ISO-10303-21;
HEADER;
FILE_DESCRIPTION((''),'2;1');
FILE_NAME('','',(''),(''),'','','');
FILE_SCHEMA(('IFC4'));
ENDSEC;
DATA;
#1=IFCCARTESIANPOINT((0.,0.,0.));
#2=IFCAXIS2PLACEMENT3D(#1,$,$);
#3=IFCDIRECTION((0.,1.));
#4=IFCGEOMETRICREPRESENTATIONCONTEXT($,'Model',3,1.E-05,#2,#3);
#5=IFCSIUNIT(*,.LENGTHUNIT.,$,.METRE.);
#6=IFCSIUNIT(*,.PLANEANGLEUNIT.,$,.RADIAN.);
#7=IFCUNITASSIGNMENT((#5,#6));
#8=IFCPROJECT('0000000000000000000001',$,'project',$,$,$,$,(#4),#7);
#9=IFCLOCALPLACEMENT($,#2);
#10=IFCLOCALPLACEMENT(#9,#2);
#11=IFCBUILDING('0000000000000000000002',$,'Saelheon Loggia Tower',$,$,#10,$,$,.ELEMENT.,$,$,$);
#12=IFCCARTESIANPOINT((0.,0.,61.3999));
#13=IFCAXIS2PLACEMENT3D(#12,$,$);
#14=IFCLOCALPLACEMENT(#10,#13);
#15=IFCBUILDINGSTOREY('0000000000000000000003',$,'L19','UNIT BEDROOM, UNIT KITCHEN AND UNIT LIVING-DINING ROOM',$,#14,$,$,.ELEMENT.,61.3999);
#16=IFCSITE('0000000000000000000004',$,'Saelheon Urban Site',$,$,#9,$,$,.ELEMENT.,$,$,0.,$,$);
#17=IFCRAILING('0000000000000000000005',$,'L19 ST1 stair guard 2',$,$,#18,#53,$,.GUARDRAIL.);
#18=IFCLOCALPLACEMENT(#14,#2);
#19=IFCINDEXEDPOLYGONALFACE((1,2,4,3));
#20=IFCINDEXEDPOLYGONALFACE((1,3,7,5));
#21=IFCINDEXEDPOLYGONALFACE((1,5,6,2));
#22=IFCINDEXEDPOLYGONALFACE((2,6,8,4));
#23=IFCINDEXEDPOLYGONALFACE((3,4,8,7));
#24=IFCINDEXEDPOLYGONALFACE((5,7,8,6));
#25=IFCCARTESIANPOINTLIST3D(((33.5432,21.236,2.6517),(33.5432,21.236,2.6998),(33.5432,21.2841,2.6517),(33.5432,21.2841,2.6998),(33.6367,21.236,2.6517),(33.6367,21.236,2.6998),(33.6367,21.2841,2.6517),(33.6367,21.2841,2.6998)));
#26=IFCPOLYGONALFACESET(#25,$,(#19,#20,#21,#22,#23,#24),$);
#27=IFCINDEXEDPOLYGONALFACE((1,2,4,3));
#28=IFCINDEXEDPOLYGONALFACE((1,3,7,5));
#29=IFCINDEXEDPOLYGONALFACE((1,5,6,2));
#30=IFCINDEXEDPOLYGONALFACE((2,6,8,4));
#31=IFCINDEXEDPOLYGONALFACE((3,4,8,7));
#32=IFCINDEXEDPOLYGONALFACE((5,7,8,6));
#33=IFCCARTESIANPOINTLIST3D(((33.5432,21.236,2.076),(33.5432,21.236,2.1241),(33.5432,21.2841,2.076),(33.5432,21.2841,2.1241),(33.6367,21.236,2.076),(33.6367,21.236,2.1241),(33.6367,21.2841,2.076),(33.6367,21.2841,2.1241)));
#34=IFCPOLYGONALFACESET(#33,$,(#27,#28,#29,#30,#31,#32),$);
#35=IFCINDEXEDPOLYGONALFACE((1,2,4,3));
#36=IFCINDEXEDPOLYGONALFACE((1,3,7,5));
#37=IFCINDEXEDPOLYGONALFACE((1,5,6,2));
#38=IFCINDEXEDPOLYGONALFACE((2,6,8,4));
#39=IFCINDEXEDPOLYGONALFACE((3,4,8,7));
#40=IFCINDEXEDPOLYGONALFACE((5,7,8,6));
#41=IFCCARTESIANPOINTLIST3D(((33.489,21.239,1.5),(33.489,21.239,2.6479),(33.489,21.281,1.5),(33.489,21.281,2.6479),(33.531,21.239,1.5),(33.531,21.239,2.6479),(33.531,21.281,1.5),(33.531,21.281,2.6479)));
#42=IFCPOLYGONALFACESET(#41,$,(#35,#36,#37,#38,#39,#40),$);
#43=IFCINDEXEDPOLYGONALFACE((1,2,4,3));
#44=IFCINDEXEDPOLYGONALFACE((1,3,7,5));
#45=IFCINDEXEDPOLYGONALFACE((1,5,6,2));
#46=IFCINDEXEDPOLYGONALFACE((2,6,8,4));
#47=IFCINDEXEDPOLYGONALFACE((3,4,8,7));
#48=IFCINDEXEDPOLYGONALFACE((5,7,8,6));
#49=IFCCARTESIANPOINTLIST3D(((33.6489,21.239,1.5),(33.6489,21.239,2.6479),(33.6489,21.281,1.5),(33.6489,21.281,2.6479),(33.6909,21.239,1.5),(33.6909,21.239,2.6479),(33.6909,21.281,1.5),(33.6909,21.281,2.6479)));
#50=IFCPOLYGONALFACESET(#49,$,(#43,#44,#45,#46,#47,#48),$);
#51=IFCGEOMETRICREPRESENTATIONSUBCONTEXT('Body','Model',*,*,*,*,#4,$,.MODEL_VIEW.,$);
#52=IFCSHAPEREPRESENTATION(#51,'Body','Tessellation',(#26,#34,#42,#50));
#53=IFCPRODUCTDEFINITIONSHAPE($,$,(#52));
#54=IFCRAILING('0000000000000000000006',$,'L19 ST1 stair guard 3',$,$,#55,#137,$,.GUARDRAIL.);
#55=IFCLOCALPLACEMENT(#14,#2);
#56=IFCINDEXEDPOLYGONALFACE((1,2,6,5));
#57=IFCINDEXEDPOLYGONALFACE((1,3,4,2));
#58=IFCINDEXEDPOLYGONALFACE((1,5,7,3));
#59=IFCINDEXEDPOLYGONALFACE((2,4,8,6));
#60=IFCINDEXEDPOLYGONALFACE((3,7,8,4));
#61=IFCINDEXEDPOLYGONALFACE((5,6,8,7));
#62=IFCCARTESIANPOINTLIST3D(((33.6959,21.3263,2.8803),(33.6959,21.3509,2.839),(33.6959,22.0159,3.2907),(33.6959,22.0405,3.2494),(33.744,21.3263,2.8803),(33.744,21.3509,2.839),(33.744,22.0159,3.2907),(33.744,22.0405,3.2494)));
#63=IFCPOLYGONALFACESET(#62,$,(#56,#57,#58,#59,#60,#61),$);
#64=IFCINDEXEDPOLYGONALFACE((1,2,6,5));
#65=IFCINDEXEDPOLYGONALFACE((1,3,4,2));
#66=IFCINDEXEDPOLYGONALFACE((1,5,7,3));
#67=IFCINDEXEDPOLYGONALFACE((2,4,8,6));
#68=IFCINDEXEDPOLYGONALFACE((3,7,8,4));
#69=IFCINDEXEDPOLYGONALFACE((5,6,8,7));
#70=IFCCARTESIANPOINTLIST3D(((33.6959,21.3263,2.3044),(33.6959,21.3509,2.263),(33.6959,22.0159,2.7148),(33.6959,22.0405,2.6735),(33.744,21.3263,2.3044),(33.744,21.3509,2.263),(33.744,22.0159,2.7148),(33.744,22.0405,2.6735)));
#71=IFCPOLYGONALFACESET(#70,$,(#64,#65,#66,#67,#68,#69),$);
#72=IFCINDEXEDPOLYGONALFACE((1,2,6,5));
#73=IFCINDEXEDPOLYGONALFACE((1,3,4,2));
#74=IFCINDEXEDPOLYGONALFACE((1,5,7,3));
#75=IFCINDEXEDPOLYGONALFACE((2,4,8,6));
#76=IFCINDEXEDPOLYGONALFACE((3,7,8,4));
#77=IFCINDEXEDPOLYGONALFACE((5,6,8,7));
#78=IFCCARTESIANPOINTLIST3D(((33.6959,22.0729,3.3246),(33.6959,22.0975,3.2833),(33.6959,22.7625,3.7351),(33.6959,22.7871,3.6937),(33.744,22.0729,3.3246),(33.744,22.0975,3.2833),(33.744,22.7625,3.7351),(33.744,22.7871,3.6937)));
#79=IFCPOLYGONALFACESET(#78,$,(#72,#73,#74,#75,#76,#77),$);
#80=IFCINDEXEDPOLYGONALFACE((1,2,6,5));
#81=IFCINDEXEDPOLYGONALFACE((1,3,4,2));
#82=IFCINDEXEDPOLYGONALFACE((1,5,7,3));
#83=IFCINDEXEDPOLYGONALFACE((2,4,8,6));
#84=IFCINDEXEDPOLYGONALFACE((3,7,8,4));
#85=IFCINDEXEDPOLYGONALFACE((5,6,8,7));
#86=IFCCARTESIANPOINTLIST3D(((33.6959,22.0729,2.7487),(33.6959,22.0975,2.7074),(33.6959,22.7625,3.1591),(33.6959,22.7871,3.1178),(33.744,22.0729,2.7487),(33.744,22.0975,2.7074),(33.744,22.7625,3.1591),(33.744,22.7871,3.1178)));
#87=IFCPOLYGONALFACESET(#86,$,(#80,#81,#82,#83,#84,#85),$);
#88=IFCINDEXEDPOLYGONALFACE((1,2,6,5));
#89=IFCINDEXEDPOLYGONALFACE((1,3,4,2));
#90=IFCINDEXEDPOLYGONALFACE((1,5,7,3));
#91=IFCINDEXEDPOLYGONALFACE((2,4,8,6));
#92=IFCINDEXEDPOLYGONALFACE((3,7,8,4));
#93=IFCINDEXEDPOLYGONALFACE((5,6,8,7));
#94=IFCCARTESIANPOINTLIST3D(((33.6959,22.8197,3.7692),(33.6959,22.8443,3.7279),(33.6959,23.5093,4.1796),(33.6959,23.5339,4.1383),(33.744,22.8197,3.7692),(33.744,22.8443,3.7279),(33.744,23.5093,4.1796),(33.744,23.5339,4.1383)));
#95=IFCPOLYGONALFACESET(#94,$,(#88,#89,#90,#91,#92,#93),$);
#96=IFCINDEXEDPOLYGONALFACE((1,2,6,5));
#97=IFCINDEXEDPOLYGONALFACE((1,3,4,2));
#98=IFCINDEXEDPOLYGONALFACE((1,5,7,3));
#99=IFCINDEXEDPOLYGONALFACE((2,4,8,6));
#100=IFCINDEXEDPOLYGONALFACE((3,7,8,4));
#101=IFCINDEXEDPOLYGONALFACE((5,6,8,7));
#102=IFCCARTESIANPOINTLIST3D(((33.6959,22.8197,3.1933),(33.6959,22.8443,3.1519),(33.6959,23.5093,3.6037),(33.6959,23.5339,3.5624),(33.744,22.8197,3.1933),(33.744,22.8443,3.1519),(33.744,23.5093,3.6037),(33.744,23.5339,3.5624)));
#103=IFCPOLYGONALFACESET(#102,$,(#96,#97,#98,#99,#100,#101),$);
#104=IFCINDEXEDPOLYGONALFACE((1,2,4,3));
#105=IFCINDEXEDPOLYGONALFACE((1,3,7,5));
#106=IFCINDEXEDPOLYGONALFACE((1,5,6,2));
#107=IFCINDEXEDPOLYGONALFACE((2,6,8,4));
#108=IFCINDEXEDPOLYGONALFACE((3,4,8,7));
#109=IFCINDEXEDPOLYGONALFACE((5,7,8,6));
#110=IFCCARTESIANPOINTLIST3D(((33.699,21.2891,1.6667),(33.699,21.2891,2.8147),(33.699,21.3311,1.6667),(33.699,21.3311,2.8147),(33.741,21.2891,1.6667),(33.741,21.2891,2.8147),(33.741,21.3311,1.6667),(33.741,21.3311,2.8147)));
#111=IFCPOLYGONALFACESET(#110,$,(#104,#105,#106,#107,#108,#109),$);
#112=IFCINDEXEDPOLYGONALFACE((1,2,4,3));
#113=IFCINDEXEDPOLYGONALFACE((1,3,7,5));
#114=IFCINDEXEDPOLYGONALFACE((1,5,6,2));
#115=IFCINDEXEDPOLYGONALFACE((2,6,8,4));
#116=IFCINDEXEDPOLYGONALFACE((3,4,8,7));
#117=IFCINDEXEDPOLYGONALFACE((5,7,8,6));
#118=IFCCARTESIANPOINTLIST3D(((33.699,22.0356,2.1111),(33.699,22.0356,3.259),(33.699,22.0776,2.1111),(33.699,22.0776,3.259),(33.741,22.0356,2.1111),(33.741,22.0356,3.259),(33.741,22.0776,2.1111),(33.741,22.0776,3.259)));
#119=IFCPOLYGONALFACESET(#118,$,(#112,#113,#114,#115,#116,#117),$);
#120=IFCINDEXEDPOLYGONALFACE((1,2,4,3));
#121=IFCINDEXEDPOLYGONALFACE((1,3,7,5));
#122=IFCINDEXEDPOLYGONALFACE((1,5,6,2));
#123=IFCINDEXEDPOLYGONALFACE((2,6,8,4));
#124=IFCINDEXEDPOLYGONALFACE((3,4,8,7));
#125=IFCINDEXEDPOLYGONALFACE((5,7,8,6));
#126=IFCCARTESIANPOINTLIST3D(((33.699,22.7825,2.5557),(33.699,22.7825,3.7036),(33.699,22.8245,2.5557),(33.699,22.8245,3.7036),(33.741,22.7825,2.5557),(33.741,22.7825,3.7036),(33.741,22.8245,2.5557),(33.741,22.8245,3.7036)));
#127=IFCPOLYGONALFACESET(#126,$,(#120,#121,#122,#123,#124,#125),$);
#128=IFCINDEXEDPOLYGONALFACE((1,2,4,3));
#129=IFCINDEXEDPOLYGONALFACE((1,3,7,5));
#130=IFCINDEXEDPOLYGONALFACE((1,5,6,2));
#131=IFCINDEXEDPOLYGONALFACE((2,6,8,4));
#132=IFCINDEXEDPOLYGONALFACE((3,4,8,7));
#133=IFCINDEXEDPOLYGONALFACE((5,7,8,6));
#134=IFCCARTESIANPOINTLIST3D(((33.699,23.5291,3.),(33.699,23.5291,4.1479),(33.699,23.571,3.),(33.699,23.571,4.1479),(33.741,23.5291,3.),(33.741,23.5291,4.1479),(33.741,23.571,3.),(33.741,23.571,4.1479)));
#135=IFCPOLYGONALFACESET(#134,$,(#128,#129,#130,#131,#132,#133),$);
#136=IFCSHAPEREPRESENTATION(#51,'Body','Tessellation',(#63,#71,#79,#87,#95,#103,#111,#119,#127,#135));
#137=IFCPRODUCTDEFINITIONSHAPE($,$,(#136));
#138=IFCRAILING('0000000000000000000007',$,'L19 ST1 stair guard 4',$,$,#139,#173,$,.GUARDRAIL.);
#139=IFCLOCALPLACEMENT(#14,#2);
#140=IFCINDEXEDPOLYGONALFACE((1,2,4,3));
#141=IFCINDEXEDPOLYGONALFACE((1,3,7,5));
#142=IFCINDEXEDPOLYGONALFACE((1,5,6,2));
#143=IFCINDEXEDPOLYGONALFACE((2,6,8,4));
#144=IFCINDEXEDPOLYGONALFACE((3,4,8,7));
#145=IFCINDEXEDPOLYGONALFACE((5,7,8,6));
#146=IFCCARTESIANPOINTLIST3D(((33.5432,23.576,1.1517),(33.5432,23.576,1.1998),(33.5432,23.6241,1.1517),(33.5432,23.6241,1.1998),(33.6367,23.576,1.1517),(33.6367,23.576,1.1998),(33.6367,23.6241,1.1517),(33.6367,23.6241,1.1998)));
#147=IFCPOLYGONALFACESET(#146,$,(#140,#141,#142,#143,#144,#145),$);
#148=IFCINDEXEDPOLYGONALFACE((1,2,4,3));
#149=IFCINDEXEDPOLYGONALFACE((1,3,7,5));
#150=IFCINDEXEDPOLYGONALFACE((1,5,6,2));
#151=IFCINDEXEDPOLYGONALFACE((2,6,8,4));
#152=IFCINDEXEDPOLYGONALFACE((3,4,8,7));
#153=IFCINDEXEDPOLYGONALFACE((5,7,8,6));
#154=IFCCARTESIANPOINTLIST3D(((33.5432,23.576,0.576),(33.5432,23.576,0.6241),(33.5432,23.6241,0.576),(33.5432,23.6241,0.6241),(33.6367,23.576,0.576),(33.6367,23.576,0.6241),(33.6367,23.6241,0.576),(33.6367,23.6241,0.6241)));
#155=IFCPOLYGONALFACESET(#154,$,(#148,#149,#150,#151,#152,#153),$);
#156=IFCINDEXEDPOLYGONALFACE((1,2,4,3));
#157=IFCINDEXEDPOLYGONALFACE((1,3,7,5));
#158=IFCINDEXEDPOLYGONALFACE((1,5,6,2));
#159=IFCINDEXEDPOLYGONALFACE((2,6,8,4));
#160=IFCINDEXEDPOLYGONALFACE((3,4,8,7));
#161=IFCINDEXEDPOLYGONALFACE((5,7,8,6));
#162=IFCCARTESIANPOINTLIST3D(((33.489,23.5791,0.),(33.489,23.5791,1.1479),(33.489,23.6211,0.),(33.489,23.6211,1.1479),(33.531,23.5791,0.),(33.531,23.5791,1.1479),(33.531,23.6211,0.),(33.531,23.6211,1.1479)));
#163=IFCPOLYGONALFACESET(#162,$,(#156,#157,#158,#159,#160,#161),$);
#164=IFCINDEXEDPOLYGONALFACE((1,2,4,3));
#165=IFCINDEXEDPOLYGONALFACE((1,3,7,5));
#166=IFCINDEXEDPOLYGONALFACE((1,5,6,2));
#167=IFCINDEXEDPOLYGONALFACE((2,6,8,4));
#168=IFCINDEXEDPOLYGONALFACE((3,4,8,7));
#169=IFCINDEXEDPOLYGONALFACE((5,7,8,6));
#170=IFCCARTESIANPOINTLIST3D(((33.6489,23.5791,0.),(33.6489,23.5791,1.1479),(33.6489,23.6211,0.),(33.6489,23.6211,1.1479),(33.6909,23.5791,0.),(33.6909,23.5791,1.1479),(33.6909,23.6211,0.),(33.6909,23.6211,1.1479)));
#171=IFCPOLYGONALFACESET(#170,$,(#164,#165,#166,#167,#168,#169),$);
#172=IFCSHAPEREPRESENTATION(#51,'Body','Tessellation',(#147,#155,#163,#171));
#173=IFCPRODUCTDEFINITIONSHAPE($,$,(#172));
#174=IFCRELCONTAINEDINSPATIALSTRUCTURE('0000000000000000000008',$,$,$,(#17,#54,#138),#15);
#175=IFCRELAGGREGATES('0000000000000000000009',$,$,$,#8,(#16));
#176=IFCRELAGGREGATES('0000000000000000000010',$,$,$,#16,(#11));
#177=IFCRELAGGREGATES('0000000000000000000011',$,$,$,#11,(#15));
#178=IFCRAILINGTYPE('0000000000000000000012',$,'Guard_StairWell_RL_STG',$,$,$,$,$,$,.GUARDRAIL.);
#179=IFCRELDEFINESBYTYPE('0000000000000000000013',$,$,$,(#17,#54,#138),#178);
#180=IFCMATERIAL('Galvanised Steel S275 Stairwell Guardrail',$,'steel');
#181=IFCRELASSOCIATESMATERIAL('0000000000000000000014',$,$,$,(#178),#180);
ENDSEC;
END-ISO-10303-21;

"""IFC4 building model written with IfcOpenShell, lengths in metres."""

from ifc_helpers import new_model, si_unit, direction, frame, origin, origin_2d, place, context, subcontext, project, spatial, rectangle, extrude, material, type_object, element, save


model = new_model("IFC4")

# Units and contexts
model_context = context("Model", 3, precision=1e-05, world=origin(), true_north=direction((0.0, 1.0)))
body_context = subcontext(model_context, "Body", "Model", "MODEL_VIEW")
ifc_project = project(units=[si_unit("LENGTHUNIT", "METRE"), si_unit("PLANEANGLEUNIT", "RADIAN")], contexts=[model_context])

# Site, building, storey
site_placement = place(None, origin())
site = spatial("IfcSite", under=ifc_project, at=site_placement, Name="Saelheon Urban Site", CompositionType="ELEMENT", RefElevation=0.0)
building_placement = place(site_placement, origin())
building = spatial("IfcBuilding", under=site, at=building_placement, Name="Saelheon Loggia Tower", CompositionType="ELEMENT")
storey_placement = place(building_placement, frame((0.0, 0.0, 61.3999)))
storey = spatial("IfcBuildingStorey", under=building, at=storey_placement, Name="L19", Description="UNIT BEDROOM, UNIT KITCHEN AND UNIT LIVING-DINING ROOM", CompositionType="ELEMENT", Elevation=61.3999)

# Railings
ifc_material_1 = material(Name="Galvanised Steel S275 Stairwell Guardrail", Category="steel")
railing_type_1 = type_object("IfcRailingType", Name="Guard_StairWell_RL_STG", PredefinedType="GUARDRAIL", material=ifc_material_1)
railing_1_placement = place(storey_placement, frame((33.51, 21.26, 1.5)))
element("IfcRailing", 1, at=railing_1_placement, inside=storey, type_object=railing_type_1, Name="L19 ST1 stair guard 2", PredefinedType="GUARDRAIL", context=body_context, shape_type="SweptSolid", body=[
    extrude(rectangle(XDim=0.0481, YDim=0.0481, at=origin_2d()), frame((0.0332, 0.0, 1.1758), z_axis=(1.0, 0.0, 0.0), x_axis=(0.0, 1.0, 0.0)), (0.0, 0.0, 1.0), 0.0935),
    extrude(rectangle(XDim=0.0481, YDim=0.0481, at=origin_2d()), frame((0.0332, 0.0, 0.6001), z_axis=(1.0, 0.0, 0.0), x_axis=(0.0, 1.0, 0.0)), (0.0, 0.0, 1.0), 0.0935),
    extrude(rectangle(XDim=0.042, YDim=0.042, at=origin_2d()), origin(), (0.0, 0.0, 1.0), 1.1479),
    extrude(rectangle(XDim=0.042, YDim=0.042, at=origin_2d()), frame((0.1599, 0.0, 0.0)), (0.0, 0.0, 1.0), 1.1479),
])
railing_2_placement = place(storey_placement, frame((33.72, 21.3101, 1.6667)))
element("IfcRailing", 2, at=railing_2_placement, inside=storey, type_object=railing_type_1, Name="L19 ST1 stair guard 3", PredefinedType="GUARDRAIL", context=body_context, shape_type="SweptSolid", body=[
    extrude(rectangle(XDim=0.0481, YDim=0.0481, at=origin_2d()), frame((0.0, 0.0286, 1.1929), z_axis=(0.0, 0.859306, 0.511462), x_axis=(-1.0, 0.0, 0.0)), (0.0, 0.0, 1.0), 0.8025),
    extrude(rectangle(XDim=0.0481, YDim=0.0481, at=origin_2d()), frame((0.0, 0.0286, 0.6169), z_axis=(0.0, 0.859306, 0.511462), x_axis=(-1.0, 0.0, 0.0)), (0.0, 0.0, 1.0), 0.8025),
    extrude(rectangle(XDim=0.0481, YDim=0.0481, at=origin_2d()), frame((0.0, 0.7751, 1.6372), z_axis=(0.0, 0.859306, 0.511462), x_axis=(-1.0, 0.0, 0.0)), (0.0, 0.0, 1.0), 0.8025),
    extrude(rectangle(XDim=0.0481, YDim=0.0481, at=origin_2d()), frame((0.0, 0.7751, 1.0613), z_axis=(0.0, 0.859306, 0.511462), x_axis=(-1.0, 0.0, 0.0)), (0.0, 0.0, 1.0), 0.8025),
    extrude(rectangle(XDim=0.0481, YDim=0.0481, at=origin_2d()), frame((0.0, 1.522, 2.0818), z_axis=(0.0, 0.859306, 0.511462), x_axis=(-1.0, 0.0, 0.0)), (0.0, 0.0, 1.0), 0.8025),
    extrude(rectangle(XDim=0.0481, YDim=0.0481, at=origin_2d()), frame((0.0, 1.522, 1.5059), z_axis=(0.0, 0.859306, 0.511462), x_axis=(-1.0, 0.0, 0.0)), (0.0, 0.0, 1.0), 0.8025),
    extrude(rectangle(XDim=0.042, YDim=0.042, at=origin_2d()), origin(), (0.0, 0.0, 1.0), 1.1479),
    extrude(rectangle(XDim=0.042, YDim=0.042, at=origin_2d()), frame((0.0, 0.7466, 0.4443)), (0.0, 0.0, 1.0), 1.1479),
    extrude(rectangle(XDim=0.042, YDim=0.042, at=origin_2d()), frame((0.0, 1.4934, 0.8889)), (0.0, 0.0, 1.0), 1.1479),
    extrude(rectangle(XDim=0.042, YDim=0.042, at=origin_2d()), frame((0.0, 2.24, 1.3333)), (0.0, 0.0, 1.0), 1.1479),
])
railing_3_placement = place(storey_placement, frame((33.51, 23.6001, 0.0)))
element("IfcRailing", 3, at=railing_3_placement, inside=storey, type_object=railing_type_1, Name="L19 ST1 stair guard 4", PredefinedType="GUARDRAIL", context=body_context, shape_type="SweptSolid", body=[
    extrude(rectangle(XDim=0.0481, YDim=0.0481, at=origin_2d()), frame((0.0332, 0.0, 1.1758), z_axis=(1.0, 0.0, 0.0), x_axis=(0.0, 1.0, 0.0)), (0.0, 0.0, 1.0), 0.0935),
    extrude(rectangle(XDim=0.0481, YDim=0.0481, at=origin_2d()), frame((0.0332, 0.0, 0.6001), z_axis=(1.0, 0.0, 0.0), x_axis=(0.0, 1.0, 0.0)), (0.0, 0.0, 1.0), 0.0935),
    extrude(rectangle(XDim=0.042, YDim=0.042, at=origin_2d()), origin(), (0.0, 0.0, 1.0), 1.1479),
    extrude(rectangle(XDim=0.042, YDim=0.042, at=origin_2d()), frame((0.1599, 0.0, 0.0)), (0.0, 0.0, 1.0), 1.1479),
])

save(model, "model.ifc")
